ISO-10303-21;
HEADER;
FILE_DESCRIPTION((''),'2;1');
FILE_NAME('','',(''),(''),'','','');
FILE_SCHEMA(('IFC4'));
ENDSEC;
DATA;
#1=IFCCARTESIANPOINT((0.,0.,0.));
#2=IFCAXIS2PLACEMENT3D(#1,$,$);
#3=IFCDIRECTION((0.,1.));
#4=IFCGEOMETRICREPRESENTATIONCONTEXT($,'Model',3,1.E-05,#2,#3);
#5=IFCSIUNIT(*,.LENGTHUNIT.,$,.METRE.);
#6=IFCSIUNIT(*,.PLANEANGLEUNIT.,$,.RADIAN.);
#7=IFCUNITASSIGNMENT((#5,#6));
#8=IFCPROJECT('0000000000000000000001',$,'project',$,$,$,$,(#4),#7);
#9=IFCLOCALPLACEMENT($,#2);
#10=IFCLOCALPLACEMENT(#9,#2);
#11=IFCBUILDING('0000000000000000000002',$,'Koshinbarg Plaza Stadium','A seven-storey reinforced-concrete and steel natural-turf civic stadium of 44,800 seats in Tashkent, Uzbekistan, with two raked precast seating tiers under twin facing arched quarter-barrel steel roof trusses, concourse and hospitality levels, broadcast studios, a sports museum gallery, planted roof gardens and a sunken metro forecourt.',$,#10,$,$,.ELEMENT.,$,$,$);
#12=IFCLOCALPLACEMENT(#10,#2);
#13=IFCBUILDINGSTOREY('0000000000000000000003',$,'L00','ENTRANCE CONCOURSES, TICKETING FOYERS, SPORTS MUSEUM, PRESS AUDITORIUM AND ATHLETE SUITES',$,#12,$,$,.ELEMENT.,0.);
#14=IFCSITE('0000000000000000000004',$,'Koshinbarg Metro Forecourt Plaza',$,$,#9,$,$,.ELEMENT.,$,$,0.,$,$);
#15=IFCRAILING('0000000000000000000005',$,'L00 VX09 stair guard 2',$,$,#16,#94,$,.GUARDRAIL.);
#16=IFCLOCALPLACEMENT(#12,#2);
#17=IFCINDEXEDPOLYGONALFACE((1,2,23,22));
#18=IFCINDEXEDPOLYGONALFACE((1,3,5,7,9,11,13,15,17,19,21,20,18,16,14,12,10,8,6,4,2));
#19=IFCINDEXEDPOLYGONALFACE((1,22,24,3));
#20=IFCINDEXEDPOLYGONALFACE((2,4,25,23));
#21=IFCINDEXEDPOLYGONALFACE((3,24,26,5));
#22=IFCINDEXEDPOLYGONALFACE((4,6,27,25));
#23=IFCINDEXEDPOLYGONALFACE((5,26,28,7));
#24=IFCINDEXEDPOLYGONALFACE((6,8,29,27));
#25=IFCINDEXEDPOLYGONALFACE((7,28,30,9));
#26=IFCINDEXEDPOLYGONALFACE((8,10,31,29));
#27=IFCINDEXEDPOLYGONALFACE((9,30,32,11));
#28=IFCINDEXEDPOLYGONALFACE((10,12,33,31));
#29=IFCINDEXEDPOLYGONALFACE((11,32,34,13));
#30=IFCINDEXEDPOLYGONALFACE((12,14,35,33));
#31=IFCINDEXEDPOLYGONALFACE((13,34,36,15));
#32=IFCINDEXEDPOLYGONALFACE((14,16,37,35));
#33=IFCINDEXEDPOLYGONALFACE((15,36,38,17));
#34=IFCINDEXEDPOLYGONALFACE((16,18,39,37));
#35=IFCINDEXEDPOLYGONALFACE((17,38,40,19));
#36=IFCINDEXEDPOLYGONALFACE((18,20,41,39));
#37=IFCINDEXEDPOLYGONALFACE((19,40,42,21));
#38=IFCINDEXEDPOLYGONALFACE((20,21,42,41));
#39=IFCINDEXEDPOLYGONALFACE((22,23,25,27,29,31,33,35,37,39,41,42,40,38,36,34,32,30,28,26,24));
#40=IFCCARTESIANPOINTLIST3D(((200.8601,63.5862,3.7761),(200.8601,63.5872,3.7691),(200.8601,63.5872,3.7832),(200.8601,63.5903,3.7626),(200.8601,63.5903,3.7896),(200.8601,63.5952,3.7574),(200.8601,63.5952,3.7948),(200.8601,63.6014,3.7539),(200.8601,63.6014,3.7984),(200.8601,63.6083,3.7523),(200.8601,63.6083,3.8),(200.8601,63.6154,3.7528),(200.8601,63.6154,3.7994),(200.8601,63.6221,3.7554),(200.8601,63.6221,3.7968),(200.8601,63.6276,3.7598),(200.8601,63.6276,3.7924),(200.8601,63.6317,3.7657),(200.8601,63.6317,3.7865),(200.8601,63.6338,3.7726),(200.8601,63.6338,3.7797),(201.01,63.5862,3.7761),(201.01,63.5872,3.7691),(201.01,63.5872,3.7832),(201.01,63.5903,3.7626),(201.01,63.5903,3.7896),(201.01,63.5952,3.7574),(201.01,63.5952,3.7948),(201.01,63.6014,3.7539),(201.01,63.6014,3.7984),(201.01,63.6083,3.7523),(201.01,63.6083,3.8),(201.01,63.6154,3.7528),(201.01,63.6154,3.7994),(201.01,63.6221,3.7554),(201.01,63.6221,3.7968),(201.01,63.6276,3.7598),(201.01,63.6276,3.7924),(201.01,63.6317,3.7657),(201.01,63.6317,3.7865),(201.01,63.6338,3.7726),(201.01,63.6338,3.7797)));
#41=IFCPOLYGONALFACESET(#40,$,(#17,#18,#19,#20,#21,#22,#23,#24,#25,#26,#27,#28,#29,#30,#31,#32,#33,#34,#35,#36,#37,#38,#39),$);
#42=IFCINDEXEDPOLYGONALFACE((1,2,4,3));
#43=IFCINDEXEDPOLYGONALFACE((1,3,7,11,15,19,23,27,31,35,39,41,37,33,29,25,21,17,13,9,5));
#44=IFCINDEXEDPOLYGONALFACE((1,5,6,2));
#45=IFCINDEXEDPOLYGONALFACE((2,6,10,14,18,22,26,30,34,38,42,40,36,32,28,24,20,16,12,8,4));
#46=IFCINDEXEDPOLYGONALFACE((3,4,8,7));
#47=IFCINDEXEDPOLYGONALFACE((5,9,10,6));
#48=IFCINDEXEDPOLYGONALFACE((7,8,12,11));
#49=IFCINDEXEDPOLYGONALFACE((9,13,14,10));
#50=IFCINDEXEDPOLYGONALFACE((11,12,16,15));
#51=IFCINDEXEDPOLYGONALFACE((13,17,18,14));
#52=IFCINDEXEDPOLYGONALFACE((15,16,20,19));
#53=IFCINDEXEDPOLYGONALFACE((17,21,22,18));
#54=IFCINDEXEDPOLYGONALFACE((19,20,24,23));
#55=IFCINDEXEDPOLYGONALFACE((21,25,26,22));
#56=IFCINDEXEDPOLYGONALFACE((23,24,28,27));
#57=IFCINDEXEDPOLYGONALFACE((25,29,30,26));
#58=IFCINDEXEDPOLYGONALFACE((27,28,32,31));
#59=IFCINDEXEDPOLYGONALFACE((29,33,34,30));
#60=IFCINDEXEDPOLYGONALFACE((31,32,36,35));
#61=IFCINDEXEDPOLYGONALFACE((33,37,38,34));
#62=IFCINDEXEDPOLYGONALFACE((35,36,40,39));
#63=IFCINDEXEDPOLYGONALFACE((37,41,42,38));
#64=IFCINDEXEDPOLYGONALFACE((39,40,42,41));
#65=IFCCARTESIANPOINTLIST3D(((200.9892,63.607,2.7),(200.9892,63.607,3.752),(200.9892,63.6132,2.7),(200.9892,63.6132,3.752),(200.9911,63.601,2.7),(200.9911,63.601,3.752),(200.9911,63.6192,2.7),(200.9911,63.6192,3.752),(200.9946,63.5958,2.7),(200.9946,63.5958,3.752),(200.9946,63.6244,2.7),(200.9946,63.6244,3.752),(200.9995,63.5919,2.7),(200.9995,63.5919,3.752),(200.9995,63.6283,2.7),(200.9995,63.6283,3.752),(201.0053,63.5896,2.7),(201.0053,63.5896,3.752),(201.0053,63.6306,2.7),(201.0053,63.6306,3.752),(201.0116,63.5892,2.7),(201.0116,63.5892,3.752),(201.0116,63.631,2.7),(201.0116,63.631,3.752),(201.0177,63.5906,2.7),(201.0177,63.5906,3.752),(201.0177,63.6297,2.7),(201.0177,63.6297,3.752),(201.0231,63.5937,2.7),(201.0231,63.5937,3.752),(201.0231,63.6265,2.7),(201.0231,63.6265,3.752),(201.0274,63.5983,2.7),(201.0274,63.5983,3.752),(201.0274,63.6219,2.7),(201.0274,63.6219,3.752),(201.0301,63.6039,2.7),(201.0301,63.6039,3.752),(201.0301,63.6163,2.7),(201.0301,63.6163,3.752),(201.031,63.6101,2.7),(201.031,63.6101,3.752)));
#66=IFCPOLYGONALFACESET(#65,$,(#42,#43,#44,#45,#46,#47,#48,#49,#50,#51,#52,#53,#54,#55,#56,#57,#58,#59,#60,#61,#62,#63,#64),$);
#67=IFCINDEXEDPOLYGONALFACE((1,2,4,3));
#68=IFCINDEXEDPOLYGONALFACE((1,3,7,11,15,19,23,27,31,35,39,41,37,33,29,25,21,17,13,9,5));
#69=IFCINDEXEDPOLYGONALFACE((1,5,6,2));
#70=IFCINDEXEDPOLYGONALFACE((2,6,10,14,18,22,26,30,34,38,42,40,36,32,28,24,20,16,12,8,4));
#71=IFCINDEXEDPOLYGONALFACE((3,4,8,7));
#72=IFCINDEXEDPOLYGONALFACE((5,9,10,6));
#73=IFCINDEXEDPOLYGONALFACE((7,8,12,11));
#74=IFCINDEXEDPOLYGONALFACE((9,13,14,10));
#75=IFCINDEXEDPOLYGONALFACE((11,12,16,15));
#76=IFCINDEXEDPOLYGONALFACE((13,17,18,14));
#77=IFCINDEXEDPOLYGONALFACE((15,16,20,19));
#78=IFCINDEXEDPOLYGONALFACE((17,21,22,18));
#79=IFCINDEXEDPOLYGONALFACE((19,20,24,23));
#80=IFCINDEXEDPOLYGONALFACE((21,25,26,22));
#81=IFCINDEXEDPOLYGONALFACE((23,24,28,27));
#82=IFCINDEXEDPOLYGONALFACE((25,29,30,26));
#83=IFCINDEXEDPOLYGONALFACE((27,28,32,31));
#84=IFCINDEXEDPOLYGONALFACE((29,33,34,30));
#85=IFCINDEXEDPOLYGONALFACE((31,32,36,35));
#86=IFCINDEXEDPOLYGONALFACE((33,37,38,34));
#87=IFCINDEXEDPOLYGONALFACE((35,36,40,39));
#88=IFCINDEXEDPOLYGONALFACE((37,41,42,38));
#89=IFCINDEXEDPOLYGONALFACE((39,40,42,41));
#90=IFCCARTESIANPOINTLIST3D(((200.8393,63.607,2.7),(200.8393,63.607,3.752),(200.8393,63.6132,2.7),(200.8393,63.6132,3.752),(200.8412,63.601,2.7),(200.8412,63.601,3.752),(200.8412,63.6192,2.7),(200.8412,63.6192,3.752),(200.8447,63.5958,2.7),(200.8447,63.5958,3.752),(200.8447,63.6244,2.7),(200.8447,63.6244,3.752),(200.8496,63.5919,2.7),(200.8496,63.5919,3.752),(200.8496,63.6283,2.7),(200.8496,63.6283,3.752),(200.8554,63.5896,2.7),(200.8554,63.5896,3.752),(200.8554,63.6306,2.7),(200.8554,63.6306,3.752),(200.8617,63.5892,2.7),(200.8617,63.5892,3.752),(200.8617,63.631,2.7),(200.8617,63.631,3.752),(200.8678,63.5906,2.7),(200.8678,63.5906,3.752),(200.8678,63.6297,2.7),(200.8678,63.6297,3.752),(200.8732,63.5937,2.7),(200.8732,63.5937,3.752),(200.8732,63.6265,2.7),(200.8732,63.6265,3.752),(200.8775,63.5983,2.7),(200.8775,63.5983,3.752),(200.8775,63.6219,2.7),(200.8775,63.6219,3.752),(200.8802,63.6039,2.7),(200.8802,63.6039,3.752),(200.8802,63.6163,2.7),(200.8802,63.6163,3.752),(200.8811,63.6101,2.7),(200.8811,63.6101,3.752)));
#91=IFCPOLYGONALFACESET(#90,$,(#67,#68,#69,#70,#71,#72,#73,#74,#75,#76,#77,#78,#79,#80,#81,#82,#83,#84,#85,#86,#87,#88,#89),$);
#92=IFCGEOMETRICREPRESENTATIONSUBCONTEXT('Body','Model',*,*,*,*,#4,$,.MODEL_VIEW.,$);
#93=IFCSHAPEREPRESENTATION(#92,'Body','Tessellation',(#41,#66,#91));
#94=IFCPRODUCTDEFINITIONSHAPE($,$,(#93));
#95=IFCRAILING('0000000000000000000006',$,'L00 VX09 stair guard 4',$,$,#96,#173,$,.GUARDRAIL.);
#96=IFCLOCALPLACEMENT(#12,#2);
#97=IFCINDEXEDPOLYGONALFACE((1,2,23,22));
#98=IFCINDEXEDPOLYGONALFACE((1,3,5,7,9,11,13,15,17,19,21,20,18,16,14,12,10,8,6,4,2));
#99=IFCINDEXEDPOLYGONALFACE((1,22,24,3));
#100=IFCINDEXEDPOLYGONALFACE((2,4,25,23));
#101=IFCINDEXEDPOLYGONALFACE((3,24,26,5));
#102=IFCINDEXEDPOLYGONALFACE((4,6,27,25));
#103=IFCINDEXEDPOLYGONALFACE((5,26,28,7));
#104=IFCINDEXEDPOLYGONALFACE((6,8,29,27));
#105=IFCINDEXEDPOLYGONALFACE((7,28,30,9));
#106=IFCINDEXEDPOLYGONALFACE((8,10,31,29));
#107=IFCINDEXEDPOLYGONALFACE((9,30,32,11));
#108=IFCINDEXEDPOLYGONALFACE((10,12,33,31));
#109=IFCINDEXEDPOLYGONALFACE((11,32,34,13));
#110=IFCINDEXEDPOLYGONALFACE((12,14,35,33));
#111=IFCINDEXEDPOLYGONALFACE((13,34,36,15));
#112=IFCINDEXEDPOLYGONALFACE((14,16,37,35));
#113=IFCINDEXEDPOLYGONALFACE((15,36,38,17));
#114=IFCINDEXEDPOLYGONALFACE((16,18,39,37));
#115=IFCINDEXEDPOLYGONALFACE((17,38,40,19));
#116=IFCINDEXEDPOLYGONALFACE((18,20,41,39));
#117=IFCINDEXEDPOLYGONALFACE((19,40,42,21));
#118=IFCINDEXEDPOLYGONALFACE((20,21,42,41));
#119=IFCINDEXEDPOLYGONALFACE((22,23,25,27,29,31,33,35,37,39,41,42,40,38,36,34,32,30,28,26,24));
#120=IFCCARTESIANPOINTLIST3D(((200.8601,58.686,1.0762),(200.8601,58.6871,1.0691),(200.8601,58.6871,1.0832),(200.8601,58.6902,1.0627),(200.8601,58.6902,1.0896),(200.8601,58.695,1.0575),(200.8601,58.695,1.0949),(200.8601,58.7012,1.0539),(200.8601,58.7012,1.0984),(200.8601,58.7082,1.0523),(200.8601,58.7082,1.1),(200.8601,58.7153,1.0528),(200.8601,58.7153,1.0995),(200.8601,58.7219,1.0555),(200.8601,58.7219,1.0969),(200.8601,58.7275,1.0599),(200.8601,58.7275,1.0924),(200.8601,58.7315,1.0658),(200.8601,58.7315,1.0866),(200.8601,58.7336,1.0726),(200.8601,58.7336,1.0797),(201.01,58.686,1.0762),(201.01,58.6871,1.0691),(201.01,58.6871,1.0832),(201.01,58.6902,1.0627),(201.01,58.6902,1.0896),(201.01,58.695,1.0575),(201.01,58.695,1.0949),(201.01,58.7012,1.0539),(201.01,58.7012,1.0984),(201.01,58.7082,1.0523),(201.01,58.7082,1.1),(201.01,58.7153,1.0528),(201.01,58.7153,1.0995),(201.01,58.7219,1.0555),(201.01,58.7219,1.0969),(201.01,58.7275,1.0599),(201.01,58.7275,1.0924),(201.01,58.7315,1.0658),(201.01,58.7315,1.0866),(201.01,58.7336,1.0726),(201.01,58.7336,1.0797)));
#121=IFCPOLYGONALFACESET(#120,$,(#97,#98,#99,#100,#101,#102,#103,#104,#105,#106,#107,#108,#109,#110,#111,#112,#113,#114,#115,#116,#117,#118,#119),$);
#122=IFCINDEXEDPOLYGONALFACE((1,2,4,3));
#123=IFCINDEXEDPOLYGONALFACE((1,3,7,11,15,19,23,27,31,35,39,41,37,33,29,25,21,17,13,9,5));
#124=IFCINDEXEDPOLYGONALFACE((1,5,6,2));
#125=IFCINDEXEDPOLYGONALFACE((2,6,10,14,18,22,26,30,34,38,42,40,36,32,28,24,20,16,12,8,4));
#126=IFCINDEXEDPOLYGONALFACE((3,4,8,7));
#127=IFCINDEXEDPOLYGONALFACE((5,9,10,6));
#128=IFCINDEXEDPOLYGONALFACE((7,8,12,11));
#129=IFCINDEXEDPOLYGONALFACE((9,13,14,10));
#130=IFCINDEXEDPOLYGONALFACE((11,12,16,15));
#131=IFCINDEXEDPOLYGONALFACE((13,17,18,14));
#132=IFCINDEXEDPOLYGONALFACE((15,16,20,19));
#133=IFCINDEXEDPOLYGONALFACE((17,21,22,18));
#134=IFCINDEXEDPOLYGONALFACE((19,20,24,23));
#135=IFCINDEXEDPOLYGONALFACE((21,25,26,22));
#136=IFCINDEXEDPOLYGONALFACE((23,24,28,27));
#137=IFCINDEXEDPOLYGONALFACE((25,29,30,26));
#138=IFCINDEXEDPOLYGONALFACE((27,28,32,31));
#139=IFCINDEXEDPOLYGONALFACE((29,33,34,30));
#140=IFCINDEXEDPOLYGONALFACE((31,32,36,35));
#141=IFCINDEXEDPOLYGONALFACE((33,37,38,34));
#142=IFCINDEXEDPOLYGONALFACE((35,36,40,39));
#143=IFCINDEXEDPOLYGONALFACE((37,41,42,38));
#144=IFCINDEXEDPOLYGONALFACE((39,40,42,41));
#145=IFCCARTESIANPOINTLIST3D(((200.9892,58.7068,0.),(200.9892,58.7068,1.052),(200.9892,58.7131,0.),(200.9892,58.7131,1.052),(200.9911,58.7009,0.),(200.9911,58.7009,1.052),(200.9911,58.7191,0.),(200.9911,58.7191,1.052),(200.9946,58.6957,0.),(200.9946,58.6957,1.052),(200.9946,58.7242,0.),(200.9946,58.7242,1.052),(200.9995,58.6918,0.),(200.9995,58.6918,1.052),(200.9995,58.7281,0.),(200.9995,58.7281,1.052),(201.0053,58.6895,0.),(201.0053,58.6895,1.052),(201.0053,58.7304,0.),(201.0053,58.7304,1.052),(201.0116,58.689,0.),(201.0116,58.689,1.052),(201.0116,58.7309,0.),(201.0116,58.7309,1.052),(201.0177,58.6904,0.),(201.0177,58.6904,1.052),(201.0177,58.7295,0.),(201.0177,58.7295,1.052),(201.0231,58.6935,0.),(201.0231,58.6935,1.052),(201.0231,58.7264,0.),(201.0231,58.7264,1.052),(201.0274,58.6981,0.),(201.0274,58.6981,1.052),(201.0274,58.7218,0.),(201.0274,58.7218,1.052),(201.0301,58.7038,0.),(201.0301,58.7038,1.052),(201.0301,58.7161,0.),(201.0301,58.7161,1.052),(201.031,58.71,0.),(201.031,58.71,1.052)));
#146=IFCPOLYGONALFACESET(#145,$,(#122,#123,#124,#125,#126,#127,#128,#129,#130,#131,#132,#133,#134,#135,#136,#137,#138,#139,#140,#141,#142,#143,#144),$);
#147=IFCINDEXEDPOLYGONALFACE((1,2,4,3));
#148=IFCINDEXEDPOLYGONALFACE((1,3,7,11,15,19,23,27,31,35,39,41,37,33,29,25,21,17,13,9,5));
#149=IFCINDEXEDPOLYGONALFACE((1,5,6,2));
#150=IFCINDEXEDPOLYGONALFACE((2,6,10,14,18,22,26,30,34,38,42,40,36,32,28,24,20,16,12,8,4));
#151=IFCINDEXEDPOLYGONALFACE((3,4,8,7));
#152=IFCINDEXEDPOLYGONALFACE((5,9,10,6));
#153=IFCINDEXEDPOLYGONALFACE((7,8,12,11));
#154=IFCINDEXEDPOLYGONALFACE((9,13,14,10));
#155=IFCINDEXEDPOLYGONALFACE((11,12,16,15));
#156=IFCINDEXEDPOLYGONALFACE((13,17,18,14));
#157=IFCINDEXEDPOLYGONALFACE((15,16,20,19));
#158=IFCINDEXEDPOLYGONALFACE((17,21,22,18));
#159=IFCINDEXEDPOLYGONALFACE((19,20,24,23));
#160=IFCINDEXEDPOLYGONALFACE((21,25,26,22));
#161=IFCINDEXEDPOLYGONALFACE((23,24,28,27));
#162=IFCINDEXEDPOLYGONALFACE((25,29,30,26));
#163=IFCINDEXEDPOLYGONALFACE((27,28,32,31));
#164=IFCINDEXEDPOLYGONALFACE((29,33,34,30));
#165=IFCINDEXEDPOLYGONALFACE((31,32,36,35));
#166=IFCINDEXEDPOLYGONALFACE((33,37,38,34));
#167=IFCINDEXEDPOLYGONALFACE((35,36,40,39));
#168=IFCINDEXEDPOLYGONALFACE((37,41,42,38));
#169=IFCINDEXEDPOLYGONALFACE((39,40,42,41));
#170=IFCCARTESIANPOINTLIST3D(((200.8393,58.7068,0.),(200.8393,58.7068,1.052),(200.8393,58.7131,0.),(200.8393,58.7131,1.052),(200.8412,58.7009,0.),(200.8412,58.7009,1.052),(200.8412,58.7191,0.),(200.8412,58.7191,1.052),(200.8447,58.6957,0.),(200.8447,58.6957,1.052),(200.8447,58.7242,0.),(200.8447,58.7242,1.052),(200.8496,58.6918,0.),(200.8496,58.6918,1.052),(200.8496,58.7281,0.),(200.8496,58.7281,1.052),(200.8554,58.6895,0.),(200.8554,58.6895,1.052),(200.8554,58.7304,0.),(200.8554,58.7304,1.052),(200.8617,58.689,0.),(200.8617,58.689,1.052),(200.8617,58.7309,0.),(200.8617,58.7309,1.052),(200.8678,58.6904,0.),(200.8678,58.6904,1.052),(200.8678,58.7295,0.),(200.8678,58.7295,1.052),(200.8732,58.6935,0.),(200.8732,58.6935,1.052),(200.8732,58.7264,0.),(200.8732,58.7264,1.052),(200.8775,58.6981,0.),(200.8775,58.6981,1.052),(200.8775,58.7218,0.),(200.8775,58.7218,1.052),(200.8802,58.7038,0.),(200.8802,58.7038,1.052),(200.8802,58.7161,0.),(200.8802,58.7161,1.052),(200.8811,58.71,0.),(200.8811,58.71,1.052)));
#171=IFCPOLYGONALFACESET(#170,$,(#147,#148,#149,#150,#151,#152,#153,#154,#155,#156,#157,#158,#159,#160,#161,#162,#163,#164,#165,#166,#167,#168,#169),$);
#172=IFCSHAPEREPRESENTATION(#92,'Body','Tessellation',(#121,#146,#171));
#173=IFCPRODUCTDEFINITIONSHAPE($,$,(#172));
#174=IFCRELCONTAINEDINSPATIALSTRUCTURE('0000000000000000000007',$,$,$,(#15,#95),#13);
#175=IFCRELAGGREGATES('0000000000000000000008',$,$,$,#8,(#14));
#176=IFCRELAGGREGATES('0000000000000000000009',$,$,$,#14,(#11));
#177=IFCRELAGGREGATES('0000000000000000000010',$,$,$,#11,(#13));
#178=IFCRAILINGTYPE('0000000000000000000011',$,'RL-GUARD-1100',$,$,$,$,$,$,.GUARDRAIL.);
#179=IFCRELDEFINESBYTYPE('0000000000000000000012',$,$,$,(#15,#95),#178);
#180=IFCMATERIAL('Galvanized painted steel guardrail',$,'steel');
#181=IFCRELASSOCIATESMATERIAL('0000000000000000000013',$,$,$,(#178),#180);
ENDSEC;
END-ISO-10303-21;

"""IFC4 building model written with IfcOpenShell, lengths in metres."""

from ifc_helpers import new_model, si_unit, direction, frame, origin, origin_2d, place, context, subcontext, project, spatial, circle, extrude, material, type_object, element, save


model = new_model("IFC4")

# Units and contexts
model_context = context("Model", 3, precision=1e-05, world=origin(), true_north=direction((0.0, 1.0)))
body_context = subcontext(model_context, "Body", "Model", "MODEL_VIEW")
ifc_project = project(units=[si_unit("LENGTHUNIT", "METRE"), si_unit("PLANEANGLEUNIT", "RADIAN")], contexts=[model_context])

# Site, building, storey
site_placement = place(None, origin())
site = spatial("IfcSite", under=ifc_project, at=site_placement, Name="Koshinbarg Metro Forecourt Plaza", CompositionType="ELEMENT", RefElevation=0.0)
building_placement = place(site_placement, origin())
building = spatial("IfcBuilding", under=site, at=building_placement, Name="Koshinbarg Plaza Stadium", Description="A seven-storey reinforced-concrete and steel natural-turf civic stadium of 44,800 seats in Tashkent, Uzbekistan, with two raked precast seating tiers under twin facing arched quarter-barrel steel roof trusses, concourse and hospitality levels, broadcast studios, a sports museum gallery, planted roof gardens and a sunken metro forecourt.", CompositionType="ELEMENT")
storey_placement = place(building_placement, origin())
storey = spatial("IfcBuildingStorey", under=building, at=storey_placement, Name="L00", Description="ENTRANCE CONCOURSES, TICKETING FOYERS, SPORTS MUSEUM, PRESS AUDITORIUM AND ATHLETE SUITES", CompositionType="ELEMENT", Elevation=0.0)

# Railings
ifc_material_1 = material(Name="Galvanized painted steel guardrail", Category="steel")
railing_type_1 = type_object("IfcRailingType", Name="RL-GUARD-1100", PredefinedType="GUARDRAIL", material=ifc_material_1)
for number, where, name in (
    (1, (201.01, 63.6101, 2.7), "L00 VX09 stair guard 2"),
    (2, (201.01, 58.71, 0.0), "L00 VX09 stair guard 4"),
):
    element("IfcRailing", number, at=place(storey_placement, frame(where)), inside=storey, type_object=railing_type_1, Name=name, PredefinedType="GUARDRAIL", context=body_context, shape_type="SweptSolid", body=[
        extrude(circle(Radius=0.0239, at=origin_2d()), frame((0.0, 0.0, 1.0762), z_axis=(-1.0, 0.0, 0.0), x_axis=(0.0, -1.0, 0.0)), (0.0, 0.0, 1.0), 0.1499),
        extrude(circle(Radius=0.021, at=origin_2d()), origin(), (0.0, 0.0, 1.0), 1.052),
        extrude(circle(Radius=0.021, at=origin_2d()), frame((-0.1499, 0.0, 0.0)), (0.0, 0.0, 1.0), 1.052),
    ])

save(model, "model.ifc")
